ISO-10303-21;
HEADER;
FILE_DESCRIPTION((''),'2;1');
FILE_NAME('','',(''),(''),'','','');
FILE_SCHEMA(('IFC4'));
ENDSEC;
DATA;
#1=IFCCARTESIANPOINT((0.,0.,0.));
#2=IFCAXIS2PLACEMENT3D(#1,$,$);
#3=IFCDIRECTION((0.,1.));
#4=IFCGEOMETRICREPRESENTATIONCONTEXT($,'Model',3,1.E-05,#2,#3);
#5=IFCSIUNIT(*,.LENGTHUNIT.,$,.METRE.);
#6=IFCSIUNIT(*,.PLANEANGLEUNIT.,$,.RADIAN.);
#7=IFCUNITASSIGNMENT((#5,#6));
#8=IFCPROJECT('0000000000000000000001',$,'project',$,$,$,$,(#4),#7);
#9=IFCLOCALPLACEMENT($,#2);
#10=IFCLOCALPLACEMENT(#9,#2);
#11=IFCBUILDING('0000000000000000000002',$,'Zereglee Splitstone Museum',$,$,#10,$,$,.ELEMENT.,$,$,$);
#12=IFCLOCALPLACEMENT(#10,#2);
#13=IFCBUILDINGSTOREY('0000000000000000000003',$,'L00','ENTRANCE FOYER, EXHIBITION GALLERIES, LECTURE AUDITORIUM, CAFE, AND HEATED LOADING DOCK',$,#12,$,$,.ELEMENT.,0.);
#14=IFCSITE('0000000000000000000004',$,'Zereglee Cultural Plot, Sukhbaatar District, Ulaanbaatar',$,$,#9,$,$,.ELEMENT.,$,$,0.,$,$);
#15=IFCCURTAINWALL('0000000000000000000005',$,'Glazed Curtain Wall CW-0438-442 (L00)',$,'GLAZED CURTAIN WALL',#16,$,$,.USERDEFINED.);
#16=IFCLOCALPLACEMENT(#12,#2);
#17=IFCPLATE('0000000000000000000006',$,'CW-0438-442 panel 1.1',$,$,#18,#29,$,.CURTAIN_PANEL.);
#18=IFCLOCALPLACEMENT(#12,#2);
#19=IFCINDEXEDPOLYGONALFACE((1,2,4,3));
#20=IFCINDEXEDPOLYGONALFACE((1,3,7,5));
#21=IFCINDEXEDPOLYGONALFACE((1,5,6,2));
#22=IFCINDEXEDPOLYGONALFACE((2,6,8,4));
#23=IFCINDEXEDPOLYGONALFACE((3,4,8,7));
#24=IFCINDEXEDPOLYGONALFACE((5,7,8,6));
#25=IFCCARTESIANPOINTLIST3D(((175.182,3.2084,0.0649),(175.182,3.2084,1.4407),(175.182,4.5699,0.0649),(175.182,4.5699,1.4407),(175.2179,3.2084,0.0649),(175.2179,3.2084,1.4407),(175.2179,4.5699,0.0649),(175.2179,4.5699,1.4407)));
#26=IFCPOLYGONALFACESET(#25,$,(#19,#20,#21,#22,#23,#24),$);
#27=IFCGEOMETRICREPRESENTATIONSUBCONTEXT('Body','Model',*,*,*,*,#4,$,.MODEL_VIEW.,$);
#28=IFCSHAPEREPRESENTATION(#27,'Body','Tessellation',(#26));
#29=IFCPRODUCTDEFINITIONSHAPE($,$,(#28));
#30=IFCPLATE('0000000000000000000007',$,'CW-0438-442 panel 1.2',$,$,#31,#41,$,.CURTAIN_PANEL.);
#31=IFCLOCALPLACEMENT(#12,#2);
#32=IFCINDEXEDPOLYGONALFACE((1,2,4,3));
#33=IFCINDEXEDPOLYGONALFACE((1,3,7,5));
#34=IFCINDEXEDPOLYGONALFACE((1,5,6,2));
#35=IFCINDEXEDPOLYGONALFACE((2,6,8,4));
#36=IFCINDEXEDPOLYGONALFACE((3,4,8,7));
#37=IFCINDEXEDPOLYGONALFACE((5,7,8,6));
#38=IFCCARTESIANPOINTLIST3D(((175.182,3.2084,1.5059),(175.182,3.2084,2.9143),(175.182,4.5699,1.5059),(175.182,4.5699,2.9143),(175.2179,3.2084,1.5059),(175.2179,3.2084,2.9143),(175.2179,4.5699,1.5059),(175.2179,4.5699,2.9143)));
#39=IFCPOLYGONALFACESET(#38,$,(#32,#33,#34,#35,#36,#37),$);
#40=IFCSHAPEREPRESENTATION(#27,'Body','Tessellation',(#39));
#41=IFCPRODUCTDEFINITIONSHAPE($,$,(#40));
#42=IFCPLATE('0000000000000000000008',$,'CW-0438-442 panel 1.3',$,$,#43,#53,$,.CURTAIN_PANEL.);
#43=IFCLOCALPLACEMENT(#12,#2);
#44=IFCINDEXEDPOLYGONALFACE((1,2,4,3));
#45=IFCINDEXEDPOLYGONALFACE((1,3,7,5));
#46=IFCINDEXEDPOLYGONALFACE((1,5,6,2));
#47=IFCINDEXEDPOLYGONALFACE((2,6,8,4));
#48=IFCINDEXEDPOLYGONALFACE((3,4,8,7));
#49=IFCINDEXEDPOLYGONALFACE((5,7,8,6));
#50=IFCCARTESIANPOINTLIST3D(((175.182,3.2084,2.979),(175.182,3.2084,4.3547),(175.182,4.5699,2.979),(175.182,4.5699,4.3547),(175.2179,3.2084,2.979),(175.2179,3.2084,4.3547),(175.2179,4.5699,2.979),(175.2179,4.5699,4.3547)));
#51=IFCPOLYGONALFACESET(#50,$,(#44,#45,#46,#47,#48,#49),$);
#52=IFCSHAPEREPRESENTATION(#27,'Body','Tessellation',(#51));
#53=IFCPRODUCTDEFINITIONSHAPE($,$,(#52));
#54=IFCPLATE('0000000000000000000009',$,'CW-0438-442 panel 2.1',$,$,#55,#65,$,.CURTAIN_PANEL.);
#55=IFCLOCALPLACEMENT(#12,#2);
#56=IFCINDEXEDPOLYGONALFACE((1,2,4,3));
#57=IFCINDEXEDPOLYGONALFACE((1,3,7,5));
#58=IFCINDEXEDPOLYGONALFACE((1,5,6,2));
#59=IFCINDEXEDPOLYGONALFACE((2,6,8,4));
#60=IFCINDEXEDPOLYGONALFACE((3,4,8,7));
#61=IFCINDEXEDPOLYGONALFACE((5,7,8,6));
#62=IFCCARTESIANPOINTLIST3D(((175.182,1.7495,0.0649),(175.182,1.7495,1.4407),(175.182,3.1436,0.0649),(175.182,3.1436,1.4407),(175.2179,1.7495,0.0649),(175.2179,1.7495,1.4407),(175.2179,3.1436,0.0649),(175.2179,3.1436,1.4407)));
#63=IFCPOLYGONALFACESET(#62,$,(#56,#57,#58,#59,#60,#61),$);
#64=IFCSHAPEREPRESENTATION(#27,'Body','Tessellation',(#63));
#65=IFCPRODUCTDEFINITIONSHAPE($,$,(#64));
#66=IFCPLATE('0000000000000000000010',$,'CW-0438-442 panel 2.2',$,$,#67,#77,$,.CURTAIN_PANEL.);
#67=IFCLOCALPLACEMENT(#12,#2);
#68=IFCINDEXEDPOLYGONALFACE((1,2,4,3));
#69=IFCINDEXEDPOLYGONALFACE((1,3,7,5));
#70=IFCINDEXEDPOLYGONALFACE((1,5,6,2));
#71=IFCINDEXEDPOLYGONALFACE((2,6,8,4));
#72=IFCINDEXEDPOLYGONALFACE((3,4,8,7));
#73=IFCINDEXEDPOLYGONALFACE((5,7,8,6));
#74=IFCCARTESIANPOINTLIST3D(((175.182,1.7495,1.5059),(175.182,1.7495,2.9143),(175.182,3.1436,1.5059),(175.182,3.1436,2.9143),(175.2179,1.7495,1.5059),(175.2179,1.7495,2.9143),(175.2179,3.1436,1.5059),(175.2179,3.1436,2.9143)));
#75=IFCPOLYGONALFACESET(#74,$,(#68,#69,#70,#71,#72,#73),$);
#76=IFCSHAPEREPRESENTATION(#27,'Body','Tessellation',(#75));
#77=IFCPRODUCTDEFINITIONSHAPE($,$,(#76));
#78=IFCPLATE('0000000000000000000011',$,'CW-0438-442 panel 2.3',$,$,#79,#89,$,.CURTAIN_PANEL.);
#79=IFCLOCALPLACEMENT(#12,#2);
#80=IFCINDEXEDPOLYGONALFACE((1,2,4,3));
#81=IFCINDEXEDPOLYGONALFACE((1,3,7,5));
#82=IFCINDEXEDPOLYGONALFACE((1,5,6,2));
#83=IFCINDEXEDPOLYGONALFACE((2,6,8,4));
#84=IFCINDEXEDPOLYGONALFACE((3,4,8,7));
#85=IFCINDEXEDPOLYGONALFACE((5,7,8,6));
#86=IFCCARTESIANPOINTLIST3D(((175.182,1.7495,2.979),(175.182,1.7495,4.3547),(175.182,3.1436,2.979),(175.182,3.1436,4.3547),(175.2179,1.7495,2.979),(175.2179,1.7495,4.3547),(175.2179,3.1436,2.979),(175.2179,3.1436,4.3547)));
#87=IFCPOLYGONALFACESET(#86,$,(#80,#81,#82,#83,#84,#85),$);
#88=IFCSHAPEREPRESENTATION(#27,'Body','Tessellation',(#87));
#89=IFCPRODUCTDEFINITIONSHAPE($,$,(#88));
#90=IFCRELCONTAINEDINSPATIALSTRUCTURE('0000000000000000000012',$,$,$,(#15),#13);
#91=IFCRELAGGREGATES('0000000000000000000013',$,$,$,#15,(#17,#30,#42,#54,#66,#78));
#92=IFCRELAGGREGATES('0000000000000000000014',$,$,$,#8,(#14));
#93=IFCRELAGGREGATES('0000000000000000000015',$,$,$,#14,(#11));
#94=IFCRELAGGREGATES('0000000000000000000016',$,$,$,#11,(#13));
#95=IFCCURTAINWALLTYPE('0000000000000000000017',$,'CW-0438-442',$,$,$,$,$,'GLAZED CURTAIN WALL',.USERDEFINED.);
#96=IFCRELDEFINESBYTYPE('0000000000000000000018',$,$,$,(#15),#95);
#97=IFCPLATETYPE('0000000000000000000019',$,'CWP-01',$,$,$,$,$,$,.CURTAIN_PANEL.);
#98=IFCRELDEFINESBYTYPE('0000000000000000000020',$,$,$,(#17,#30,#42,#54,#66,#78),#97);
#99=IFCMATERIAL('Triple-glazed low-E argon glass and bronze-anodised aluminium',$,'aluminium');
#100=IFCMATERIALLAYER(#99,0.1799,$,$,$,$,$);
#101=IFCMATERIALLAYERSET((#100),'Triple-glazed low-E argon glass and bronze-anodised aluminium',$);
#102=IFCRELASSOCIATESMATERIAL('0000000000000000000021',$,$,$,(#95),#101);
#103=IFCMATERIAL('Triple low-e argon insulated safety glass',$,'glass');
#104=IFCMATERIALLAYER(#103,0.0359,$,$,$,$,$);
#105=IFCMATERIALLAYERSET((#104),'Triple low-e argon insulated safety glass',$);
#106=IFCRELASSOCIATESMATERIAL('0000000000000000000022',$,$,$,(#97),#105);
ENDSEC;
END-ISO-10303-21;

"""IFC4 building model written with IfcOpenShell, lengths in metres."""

from ifc_helpers import new_model, si_unit, direction, frame, origin, origin_2d, place, context, subcontext, project, spatial, rectangle, extrude, material, layer, layer_set, type_object, element, aggregate, save


model = new_model("IFC4")

# Units and contexts
model_context = context("Model", 3, precision=1e-05, world=origin(), true_north=direction((0.0, 1.0)))
body_context = subcontext(model_context, "Body", "Model", "MODEL_VIEW")
ifc_project = project(units=[si_unit("LENGTHUNIT", "METRE"), si_unit("PLANEANGLEUNIT", "RADIAN")], contexts=[model_context])

# Site, building, storey
site_placement = place(None, origin())
site = spatial("IfcSite", under=ifc_project, at=site_placement, Name="Zereglee Cultural Plot, Sukhbaatar District, Ulaanbaatar", CompositionType="ELEMENT", RefElevation=0.0)
building_placement = place(site_placement, origin())
building = spatial("IfcBuilding", under=site, at=building_placement, Name="Zereglee Splitstone Museum", CompositionType="ELEMENT")
storey_placement = place(building_placement, origin())
storey = spatial("IfcBuildingStorey", under=building, at=storey_placement, Name="L00", Description="ENTRANCE FOYER, EXHIBITION GALLERIES, LECTURE AUDITORIUM, CAFE, AND HEATED LOADING DOCK", CompositionType="ELEMENT", Elevation=0.0)

# Shared definitions
ifc_material_1 = material(Name="Triple-glazed low-E argon glass and bronze-anodised aluminium", Category="aluminium")

# Curtain wall
ifc_layer_1 = layer(ifc_material_1, 0.1799)
ifc_layer_set_1 = layer_set([ifc_layer_1], Name="Triple-glazed low-E argon glass and bronze-anodised aluminium")
curtain_wall_type_1 = type_object("IfcCurtainWallType", Name="CW-0438-442", ElementType="GLAZED CURTAIN WALL", PredefinedType="USERDEFINED", material=ifc_layer_set_1)
curtain_wall_1_placement = place(storey_placement, origin())
curtain_wall_1 = element("IfcCurtainWall", 1, at=curtain_wall_1_placement, inside=storey, type_object=curtain_wall_type_1, Name="Glazed Curtain Wall CW-0438-442 (L00)", ObjectType="GLAZED CURTAIN WALL", PredefinedType="USERDEFINED")

# Plates
ifc_material_2 = material(Name="Triple low-e argon insulated safety glass", Category="glass")
ifc_layer_2 = layer(ifc_material_2, 0.0359)
ifc_layer_set_2 = layer_set([ifc_layer_2], Name="Triple low-e argon insulated safety glass")
plate_type = type_object("IfcPlateType", Name="CWP-01", PredefinedType="CURTAIN_PANEL", material=ifc_layer_set_2)
plate_1_placement = place(storey_placement, frame((175.2, 3.8892, 0.0649), z_axis=(0.0, 0.0, 1.0), x_axis=(0.0, -1.0, 0.0)))
plate_1 = element("IfcPlate", 2, at=plate_1_placement, type_object=plate_type, Name="CW-0438-442 panel 1.1", PredefinedType="CURTAIN_PANEL", context=body_context, shape_type="SweptSolid", body=[
    extrude(rectangle(XDim=1.3616, YDim=0.0359, at=origin_2d()), origin(), (0.0, 0.0, 1.0), 1.3757),
])
plate_2_placement = place(storey_placement, frame((175.2, 3.8892, 1.5059), z_axis=(0.0, 0.0, 1.0), x_axis=(0.0, -1.0, 0.0)))
plate_2 = element("IfcPlate", 3, at=plate_2_placement, type_object=plate_type, Name="CW-0438-442 panel 1.2", PredefinedType="CURTAIN_PANEL", context=body_context, shape_type="SweptSolid", body=[
    extrude(rectangle(XDim=1.3616, YDim=0.0359, at=origin_2d()), origin(), (0.0, 0.0, 1.0), 1.4084),
])
plate_3_placement = place(storey_placement, frame((175.2, 3.8892, 2.979), z_axis=(0.0, 0.0, 1.0), x_axis=(0.0, -1.0, 0.0)))
plate_3 = element("IfcPlate", 4, at=plate_3_placement, type_object=plate_type, Name="CW-0438-442 panel 1.3", PredefinedType="CURTAIN_PANEL", context=body_context, shape_type="SweptSolid", body=[
    extrude(rectangle(XDim=1.3616, YDim=0.0359, at=origin_2d()), origin(), (0.0, 0.0, 1.0), 1.3757),
])
plate_4_placement = place(storey_placement, frame((175.2, 2.4465, 0.0649), z_axis=(0.0, 0.0, 1.0), x_axis=(0.0, -1.0, 0.0)))
plate_4 = element("IfcPlate", 5, at=plate_4_placement, type_object=plate_type, Name="CW-0438-442 panel 2.1", PredefinedType="CURTAIN_PANEL", context=body_context, shape_type="SweptSolid", body=[
    extrude(rectangle(XDim=1.394, YDim=0.0359, at=origin_2d()), origin(), (0.0, 0.0, 1.0), 1.3757),
])
plate_5_placement = place(storey_placement, frame((175.2, 2.4465, 1.5059), z_axis=(0.0, 0.0, 1.0), x_axis=(0.0, -1.0, 0.0)))
plate_5 = element("IfcPlate", 6, at=plate_5_placement, type_object=plate_type, Name="CW-0438-442 panel 2.2", PredefinedType="CURTAIN_PANEL", context=body_context, shape_type="SweptSolid", body=[
    extrude(rectangle(XDim=1.394, YDim=0.0359, at=origin_2d()), origin(), (0.0, 0.0, 1.0), 1.4084),
])
plate_6_placement = place(storey_placement, frame((175.2, 2.4465, 2.979), z_axis=(0.0, 0.0, 1.0), x_axis=(0.0, -1.0, 0.0)))
plate_6 = element("IfcPlate", 7, at=plate_6_placement, type_object=plate_type, Name="CW-0438-442 panel 2.3", PredefinedType="CURTAIN_PANEL", context=body_context, shape_type="SweptSolid", body=[
    extrude(rectangle(XDim=1.394, YDim=0.0359, at=origin_2d()), origin(), (0.0, 0.0, 1.0), 1.3757),
])
aggregate(curtain_wall_1, [plate_1, plate_2, plate_3, plate_4, plate_5, plate_6])

save(model, "model.ifc")
